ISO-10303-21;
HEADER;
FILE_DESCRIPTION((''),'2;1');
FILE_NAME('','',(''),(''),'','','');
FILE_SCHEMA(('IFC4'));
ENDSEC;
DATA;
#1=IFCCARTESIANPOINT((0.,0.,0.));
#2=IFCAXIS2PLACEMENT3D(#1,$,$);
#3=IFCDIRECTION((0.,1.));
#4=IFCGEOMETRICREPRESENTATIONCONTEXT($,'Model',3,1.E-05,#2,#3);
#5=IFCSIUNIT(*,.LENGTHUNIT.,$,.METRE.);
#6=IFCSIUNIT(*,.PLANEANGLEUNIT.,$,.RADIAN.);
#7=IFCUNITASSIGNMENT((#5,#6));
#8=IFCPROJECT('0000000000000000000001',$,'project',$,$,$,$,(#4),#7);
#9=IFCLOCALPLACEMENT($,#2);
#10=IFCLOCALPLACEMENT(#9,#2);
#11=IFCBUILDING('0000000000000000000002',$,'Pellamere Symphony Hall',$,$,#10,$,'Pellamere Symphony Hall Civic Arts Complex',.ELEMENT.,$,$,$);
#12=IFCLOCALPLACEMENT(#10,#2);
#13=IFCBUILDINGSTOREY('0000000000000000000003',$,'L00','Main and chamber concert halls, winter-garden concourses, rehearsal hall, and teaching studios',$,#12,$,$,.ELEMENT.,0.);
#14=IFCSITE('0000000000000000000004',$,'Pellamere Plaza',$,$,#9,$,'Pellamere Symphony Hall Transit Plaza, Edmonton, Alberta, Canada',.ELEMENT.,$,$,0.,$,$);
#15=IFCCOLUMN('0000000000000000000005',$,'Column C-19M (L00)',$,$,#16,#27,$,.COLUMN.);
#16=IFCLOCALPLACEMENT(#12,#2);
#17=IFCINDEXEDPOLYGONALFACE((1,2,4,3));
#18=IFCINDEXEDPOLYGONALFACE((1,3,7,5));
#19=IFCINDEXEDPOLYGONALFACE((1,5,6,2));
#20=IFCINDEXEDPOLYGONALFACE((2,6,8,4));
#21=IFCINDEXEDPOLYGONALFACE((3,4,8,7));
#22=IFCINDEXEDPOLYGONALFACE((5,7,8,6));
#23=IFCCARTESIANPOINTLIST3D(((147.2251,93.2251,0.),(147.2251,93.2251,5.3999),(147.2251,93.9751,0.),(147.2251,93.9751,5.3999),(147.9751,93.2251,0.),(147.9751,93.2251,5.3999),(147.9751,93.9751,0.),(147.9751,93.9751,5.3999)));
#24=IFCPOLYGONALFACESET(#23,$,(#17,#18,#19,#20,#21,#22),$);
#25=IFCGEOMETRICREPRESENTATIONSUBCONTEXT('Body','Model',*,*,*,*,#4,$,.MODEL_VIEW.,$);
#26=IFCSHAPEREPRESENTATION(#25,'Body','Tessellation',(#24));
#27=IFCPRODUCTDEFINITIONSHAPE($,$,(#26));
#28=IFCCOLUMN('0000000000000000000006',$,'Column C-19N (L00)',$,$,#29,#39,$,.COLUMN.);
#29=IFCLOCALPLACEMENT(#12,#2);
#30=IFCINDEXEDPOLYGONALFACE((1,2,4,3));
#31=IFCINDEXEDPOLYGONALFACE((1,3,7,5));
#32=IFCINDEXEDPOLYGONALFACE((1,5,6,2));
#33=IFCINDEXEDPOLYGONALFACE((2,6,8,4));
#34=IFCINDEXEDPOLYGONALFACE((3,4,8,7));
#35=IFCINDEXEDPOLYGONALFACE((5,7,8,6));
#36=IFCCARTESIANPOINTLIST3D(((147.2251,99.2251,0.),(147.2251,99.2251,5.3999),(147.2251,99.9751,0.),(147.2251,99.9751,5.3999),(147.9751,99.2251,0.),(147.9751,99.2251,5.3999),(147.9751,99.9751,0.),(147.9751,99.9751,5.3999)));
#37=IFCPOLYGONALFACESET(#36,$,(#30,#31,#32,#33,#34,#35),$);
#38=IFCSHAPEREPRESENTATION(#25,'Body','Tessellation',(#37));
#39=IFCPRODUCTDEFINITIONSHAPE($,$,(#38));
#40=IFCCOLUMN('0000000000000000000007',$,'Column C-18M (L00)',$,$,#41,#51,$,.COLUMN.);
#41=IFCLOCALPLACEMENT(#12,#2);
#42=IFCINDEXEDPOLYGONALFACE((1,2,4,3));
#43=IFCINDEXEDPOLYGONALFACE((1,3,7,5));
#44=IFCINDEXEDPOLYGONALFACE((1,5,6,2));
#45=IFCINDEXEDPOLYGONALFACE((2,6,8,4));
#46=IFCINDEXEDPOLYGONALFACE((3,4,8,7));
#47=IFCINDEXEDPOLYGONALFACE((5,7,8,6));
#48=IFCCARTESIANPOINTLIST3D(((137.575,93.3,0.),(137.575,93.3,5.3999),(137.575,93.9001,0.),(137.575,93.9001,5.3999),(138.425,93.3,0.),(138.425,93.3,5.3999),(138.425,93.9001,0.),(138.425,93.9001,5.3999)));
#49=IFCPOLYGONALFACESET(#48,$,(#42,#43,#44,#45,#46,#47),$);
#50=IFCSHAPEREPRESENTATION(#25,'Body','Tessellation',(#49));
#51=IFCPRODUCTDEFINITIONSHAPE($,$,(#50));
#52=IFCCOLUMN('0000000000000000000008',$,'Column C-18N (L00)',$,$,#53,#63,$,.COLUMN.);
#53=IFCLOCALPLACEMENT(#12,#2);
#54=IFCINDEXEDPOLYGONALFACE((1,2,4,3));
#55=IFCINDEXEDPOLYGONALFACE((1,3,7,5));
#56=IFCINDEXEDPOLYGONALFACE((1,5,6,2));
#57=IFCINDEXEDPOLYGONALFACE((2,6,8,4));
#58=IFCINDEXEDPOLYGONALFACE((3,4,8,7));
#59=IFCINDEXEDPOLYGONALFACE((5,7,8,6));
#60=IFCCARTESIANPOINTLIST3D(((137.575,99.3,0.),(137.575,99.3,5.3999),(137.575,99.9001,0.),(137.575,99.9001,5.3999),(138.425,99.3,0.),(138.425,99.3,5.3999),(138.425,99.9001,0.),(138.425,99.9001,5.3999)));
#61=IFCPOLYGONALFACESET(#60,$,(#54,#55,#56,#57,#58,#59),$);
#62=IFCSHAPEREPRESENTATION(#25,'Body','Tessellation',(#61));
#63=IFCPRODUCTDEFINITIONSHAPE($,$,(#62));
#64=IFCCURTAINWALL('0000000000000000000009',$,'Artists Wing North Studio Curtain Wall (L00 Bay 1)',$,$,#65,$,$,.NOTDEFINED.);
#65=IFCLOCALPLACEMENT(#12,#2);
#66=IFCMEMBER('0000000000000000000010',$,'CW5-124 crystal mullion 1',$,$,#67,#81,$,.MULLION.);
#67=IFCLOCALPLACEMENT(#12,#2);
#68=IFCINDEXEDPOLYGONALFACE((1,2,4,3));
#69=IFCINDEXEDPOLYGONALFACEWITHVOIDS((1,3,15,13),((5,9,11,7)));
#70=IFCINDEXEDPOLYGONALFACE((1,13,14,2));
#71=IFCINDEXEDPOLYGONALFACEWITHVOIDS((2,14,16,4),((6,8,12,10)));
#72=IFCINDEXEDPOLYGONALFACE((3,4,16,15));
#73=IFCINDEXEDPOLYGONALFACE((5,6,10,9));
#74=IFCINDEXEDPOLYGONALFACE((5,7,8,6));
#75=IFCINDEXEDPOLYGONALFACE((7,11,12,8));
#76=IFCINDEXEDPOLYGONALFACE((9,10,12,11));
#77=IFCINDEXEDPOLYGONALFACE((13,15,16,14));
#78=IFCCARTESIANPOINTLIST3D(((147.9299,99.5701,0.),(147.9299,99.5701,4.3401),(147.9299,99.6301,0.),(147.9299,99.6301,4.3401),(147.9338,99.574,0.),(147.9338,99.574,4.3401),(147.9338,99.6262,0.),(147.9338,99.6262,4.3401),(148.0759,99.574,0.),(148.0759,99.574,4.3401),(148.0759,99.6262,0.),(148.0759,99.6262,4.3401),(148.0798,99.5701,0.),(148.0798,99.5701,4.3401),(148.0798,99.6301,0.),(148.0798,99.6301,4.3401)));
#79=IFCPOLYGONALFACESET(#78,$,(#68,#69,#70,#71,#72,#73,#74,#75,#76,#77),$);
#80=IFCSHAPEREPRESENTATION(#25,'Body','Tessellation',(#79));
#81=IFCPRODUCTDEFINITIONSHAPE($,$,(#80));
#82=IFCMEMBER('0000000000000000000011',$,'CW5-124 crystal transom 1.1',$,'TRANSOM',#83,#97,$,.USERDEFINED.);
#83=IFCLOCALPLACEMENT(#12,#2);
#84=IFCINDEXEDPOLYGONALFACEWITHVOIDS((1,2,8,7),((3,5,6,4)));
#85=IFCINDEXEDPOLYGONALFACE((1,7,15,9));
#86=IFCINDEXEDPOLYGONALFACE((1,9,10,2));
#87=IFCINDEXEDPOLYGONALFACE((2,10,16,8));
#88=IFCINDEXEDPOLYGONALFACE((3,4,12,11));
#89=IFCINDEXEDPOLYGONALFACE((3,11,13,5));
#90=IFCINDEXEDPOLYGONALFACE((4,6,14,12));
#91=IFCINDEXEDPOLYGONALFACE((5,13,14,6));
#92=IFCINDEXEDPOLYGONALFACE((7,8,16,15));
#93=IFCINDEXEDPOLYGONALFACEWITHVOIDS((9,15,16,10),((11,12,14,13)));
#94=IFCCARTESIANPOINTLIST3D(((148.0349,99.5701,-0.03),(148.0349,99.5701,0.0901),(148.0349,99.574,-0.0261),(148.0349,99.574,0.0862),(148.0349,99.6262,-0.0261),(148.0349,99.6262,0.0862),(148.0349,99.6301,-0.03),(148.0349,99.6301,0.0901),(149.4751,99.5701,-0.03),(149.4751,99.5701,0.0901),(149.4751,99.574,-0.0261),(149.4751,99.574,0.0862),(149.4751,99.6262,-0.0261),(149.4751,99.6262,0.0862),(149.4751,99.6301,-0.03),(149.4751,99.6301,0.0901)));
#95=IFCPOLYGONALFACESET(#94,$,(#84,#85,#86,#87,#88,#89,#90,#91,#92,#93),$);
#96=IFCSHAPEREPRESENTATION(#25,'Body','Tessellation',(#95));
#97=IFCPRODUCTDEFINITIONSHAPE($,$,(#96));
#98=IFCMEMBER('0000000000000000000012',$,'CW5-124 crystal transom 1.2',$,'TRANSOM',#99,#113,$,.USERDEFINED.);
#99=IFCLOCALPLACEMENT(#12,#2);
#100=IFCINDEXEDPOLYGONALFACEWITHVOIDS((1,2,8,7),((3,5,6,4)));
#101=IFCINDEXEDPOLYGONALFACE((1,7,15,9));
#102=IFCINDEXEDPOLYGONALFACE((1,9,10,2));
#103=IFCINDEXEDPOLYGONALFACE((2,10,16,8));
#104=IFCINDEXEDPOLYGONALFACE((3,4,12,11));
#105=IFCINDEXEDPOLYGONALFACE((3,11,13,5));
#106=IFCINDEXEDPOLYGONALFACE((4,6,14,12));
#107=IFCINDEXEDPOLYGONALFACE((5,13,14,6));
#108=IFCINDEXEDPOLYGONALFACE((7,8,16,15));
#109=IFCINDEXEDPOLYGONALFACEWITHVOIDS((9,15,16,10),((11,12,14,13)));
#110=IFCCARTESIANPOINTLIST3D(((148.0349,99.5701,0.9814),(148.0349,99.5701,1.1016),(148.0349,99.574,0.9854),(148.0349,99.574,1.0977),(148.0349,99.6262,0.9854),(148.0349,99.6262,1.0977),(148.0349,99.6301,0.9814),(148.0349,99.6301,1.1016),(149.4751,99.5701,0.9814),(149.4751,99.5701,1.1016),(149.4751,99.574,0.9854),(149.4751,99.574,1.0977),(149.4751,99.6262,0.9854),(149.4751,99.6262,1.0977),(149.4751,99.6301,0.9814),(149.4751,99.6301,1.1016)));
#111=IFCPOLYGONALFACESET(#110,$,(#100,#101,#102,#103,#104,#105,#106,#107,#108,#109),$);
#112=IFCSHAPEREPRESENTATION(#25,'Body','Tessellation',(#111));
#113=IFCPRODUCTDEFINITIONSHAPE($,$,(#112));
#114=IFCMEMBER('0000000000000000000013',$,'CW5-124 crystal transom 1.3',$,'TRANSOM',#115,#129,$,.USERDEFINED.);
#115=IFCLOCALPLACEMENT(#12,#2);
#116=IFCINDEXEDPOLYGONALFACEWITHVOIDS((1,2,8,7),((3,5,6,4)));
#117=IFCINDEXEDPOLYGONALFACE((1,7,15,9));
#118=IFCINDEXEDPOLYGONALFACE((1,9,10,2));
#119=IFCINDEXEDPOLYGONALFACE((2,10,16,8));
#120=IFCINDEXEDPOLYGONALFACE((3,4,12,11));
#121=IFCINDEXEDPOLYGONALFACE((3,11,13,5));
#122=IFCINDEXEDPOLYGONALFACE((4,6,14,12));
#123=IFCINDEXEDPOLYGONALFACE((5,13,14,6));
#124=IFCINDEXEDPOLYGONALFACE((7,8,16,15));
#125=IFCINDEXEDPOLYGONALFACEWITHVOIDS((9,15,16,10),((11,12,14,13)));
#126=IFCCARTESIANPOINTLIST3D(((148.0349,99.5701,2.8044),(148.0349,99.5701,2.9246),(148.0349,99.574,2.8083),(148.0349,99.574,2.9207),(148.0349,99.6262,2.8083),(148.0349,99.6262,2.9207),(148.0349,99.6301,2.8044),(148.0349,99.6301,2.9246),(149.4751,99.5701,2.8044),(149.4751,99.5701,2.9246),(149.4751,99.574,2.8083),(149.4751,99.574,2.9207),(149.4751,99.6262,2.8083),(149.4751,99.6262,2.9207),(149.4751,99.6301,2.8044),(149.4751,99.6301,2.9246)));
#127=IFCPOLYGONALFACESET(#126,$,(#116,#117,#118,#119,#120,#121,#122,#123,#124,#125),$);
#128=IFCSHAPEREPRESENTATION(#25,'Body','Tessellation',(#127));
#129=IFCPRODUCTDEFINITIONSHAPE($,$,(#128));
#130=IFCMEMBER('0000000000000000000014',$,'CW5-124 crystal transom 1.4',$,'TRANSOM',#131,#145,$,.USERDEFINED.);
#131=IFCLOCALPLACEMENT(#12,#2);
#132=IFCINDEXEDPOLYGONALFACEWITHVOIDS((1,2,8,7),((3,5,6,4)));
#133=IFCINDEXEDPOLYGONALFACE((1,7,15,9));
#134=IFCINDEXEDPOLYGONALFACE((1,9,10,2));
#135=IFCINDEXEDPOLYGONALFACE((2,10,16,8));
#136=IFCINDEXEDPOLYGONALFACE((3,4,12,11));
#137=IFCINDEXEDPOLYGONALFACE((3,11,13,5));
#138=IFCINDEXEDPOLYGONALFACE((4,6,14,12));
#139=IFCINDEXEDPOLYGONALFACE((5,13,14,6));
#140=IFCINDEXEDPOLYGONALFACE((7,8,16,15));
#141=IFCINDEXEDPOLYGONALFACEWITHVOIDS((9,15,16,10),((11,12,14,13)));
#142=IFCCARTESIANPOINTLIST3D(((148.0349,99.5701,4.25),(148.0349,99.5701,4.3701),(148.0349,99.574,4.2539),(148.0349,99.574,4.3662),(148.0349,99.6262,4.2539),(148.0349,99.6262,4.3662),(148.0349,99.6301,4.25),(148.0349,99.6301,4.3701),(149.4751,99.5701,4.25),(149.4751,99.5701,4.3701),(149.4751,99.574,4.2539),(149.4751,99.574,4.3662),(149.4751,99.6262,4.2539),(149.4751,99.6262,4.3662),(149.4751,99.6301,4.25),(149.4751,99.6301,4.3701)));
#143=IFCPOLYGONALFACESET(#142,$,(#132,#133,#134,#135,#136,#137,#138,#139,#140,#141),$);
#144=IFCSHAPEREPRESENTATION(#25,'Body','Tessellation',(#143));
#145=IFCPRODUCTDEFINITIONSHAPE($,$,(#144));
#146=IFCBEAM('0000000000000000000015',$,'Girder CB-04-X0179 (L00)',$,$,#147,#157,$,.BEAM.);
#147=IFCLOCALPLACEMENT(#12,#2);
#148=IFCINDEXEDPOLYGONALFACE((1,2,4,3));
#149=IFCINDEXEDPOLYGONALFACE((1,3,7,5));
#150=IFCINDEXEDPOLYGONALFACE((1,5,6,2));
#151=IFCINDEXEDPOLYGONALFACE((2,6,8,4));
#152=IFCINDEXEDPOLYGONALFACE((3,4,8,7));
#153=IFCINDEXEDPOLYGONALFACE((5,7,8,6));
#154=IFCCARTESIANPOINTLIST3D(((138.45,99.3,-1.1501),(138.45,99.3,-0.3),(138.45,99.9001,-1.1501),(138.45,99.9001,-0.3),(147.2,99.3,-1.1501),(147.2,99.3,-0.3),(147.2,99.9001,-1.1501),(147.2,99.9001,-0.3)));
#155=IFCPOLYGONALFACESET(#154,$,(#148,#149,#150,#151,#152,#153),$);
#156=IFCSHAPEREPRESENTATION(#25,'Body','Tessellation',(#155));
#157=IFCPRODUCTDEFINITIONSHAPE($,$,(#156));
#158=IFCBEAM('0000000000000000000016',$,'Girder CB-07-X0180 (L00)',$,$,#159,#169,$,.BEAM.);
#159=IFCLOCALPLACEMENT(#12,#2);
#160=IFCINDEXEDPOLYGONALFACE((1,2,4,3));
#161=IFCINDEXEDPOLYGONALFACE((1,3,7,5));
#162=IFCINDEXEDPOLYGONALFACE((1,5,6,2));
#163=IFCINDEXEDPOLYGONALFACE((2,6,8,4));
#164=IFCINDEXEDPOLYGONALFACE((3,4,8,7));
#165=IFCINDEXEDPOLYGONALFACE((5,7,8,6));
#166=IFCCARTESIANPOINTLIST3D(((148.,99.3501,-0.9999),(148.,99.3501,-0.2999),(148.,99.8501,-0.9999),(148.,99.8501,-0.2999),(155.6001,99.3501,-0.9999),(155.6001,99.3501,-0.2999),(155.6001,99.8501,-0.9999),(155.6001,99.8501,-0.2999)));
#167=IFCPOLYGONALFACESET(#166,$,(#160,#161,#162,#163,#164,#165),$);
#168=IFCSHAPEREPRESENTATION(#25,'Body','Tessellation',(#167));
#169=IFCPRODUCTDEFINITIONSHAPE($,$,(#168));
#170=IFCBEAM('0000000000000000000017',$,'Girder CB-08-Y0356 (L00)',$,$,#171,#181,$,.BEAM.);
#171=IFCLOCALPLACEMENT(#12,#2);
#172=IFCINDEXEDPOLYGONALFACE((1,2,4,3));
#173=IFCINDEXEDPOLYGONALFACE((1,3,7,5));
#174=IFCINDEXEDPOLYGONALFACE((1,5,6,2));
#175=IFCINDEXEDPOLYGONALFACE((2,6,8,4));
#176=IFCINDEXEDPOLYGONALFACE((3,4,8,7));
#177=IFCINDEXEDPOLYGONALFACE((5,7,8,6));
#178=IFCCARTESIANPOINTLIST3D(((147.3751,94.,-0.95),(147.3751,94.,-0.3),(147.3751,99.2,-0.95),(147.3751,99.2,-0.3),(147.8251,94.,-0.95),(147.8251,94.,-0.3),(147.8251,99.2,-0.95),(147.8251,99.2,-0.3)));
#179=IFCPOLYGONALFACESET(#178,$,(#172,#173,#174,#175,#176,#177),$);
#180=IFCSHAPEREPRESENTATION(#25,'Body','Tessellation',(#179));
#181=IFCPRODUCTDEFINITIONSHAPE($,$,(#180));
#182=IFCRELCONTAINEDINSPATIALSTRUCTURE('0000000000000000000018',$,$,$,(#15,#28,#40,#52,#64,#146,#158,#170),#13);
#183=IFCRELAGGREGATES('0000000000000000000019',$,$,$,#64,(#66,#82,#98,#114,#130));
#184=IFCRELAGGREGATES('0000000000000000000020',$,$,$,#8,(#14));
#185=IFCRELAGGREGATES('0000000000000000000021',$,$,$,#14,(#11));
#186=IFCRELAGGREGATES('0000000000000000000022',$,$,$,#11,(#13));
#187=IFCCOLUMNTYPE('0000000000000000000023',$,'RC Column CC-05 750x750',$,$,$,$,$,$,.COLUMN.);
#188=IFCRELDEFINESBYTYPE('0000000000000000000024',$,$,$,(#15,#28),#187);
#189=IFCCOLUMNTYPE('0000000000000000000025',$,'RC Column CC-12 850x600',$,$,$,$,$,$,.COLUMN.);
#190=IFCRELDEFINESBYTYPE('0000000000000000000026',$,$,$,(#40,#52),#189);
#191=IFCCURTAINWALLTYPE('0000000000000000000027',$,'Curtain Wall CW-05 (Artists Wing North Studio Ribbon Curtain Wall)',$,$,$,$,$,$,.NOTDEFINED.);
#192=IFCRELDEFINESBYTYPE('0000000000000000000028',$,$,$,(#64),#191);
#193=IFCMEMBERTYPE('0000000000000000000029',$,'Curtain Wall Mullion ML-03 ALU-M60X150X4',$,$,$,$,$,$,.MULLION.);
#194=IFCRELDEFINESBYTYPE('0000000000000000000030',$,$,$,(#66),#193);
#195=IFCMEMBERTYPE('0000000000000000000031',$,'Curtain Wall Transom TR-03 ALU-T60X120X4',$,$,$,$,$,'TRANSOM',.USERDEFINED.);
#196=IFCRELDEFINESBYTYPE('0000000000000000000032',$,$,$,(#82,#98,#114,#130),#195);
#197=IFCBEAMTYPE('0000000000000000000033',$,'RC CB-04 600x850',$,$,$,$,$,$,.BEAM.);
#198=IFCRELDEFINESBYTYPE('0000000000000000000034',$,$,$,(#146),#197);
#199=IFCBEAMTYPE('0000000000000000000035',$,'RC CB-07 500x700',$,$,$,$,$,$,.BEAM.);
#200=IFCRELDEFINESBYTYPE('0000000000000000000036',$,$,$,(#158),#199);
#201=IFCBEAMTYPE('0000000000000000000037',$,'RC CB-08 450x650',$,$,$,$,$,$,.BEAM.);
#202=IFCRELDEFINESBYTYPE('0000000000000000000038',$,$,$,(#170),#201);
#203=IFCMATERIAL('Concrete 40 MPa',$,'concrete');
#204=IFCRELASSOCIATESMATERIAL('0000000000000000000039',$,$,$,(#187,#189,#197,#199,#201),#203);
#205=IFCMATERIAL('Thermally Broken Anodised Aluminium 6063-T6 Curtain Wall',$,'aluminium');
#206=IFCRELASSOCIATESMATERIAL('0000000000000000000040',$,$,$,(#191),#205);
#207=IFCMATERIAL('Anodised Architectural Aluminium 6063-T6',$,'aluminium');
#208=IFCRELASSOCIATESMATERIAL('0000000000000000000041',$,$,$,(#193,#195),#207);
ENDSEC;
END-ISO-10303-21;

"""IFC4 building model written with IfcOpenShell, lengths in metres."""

from ifc_helpers import new_model, si_unit, direction, frame, origin, origin_2d, place, context, subcontext, project, spatial, rectangle, hollow_rectangle, extrude, material, material_profile, profile_set, type_object, element, aggregate, save


model = new_model("IFC4")

# Units and contexts
model_context = context("Model", 3, precision=1e-05, world=origin(), true_north=direction((0.0, 1.0)))
body_context = subcontext(model_context, "Body", "Model", "MODEL_VIEW")
ifc_project = project(units=[si_unit("LENGTHUNIT", "METRE"), si_unit("PLANEANGLEUNIT", "RADIAN")], contexts=[model_context])

# Site, building, storey
site_placement = place(None, origin())
site = spatial("IfcSite", under=ifc_project, at=site_placement, Name="Pellamere Plaza", LongName="Pellamere Symphony Hall Transit Plaza, Edmonton, Alberta, Canada", CompositionType="ELEMENT", RefElevation=0.0)
building_placement = place(site_placement, origin())
building = spatial("IfcBuilding", under=site, at=building_placement, Name="Pellamere Symphony Hall", LongName="Pellamere Symphony Hall Civic Arts Complex", CompositionType="ELEMENT")
storey_placement = place(building_placement, origin())
storey = spatial("IfcBuildingStorey", under=building, at=storey_placement, Name="L00", Description="Main and chamber concert halls, winter-garden concourses, rehearsal hall, and teaching studios", CompositionType="ELEMENT", Elevation=0.0)

# Columns
ifc_material_1 = material(Name="Concrete 40 MPa", Category="concrete")
ifc_material_profile_1 = material_profile(ifc_material_1, rectangle(XDim=0.75, YDim=0.75, at=origin_2d()), Name="RC 750x750")
ifc_profile_set_1 = profile_set([ifc_material_profile_1], Name="Concrete 40 MPa")
column_type_1 = type_object("IfcColumnType", Name="RC Column CC-05 750x750", PredefinedType="COLUMN", material=ifc_profile_set_1)
for number, where, z_axis, x_axis, name in (
    (1, (147.6001, 93.6001, 0.0), (0.0, 0.0, 1.0), (1.0, 0.0, 0.0), "Column C-19M (L00)"),
    (2, (147.6001, 99.6001, 0.0), (0.0, 0.0, 1.0), (1.0, 0.0, 0.0), "Column C-19N (L00)"),
):
    element("IfcColumn", number, at=place(storey_placement, frame(where, z_axis=z_axis, x_axis=x_axis)), inside=storey, type_object=column_type_1, Name=name, PredefinedType="COLUMN", context=body_context, shape_type="SweptSolid", body=[
        extrude(rectangle(XDim=0.75, YDim=0.75, at=origin_2d()), origin(), (0.0, 0.0, 1.0), 5.3999),
    ])
ifc_material_profile_2 = material_profile(ifc_material_1, rectangle(XDim=0.8501, YDim=0.6001, at=origin_2d()), Name="RC 850x600")
ifc_profile_set_2 = profile_set([ifc_material_profile_2], Name="Concrete 40 MPa")
column_type_2 = type_object("IfcColumnType", Name="RC Column CC-12 850x600", PredefinedType="COLUMN", material=ifc_profile_set_2)
for number, where, z_axis, x_axis, name in (
    (3, (138.0, 93.6001, 0.0), (0.0, 0.0, 1.0), (1.0, 0.0, 0.0), "Column C-18M (L00)"),
    (4, (138.0, 99.6001, 0.0), (0.0, 0.0, 1.0), (1.0, 0.0, 0.0), "Column C-18N (L00)"),
):
    element("IfcColumn", number, at=place(storey_placement, frame(where, z_axis=z_axis, x_axis=x_axis)), inside=storey, type_object=column_type_2, Name=name, PredefinedType="COLUMN", context=body_context, shape_type="SweptSolid", body=[
        extrude(rectangle(XDim=0.8501, YDim=0.6001, at=origin_2d()), origin(), (0.0, 0.0, 1.0), 5.3999),
    ])

# Curtain wall, members
ifc_material_2 = material(Name="Thermally Broken Anodised Aluminium 6063-T6 Curtain Wall", Category="aluminium")
curtain_wall_type = type_object("IfcCurtainWallType", Name="Curtain Wall CW-05 (Artists Wing North Studio Ribbon Curtain Wall)", PredefinedType="NOTDEFINED", material=ifc_material_2)
curtain_wall_placement = place(storey_placement, origin())
curtain_wall = element("IfcCurtainWall", 5, at=curtain_wall_placement, inside=storey, type_object=curtain_wall_type, Name="Artists Wing North Studio Curtain Wall (L00 Bay 1)", PredefinedType="NOTDEFINED")
ifc_material_3 = material(Name="Anodised Architectural Aluminium 6063-T6", Category="aluminium")
ifc_material_profile_3 = material_profile(ifc_material_3, hollow_rectangle(XDim=0.0601, YDim=0.1499, WallThickness=0.0039, at=origin_2d()), Name="ALU-M60X150X4")
ifc_profile_set_3 = profile_set([ifc_material_profile_3], Name="Anodised Architectural Aluminium 6063-T6")
member_type_1 = type_object("IfcMemberType", Name="Curtain Wall Mullion ML-03 ALU-M60X150X4", PredefinedType="MULLION", material=ifc_profile_set_3)
member_1_placement = place(storey_placement, frame((148.0049, 99.6001, 0.0), z_axis=(0.0, 0.0, 1.0), x_axis=(0.0, 1.0, 0.0)))
member_1 = element("IfcMember", 6, at=member_1_placement, type_object=member_type_1, Name="CW5-124 crystal mullion 1", PredefinedType="MULLION", context=body_context, shape_type="SweptSolid", body=[
    extrude(hollow_rectangle(XDim=0.0601, YDim=0.1499, WallThickness=0.0039, at=origin_2d()), origin(), (0.0, 0.0, 1.0), 4.3401),
])
ifc_material_profile_4 = material_profile(ifc_material_3, hollow_rectangle(XDim=0.0601, YDim=0.1201, WallThickness=0.0039, at=origin_2d()), Name="ALU-T60X120X4")
ifc_profile_set_4 = profile_set([ifc_material_profile_4], Name="Anodised Architectural Aluminium 6063-T6")
member_type_2 = type_object("IfcMemberType", Name="Curtain Wall Transom TR-03 ALU-T60X120X4", ElementType="TRANSOM", PredefinedType="USERDEFINED", material=ifc_profile_set_4)
member_2_placement = place(storey_placement, frame((148.0349, 99.6001, 0.03), z_axis=(1.0, 0.0, 0.0), x_axis=(0.0, 1.0, 0.0)))
member_2 = element("IfcMember", 7, at=member_2_placement, type_object=member_type_2, Name="CW5-124 crystal transom 1.1", ObjectType="TRANSOM", PredefinedType="USERDEFINED", context=body_context, shape_type="SweptSolid", body=[
    extrude(hollow_rectangle(XDim=0.0601, YDim=0.1201, WallThickness=0.0039, at=origin_2d()), origin(), (0.0, 0.0, 1.0), 1.4402),
])
member_3_placement = place(storey_placement, frame((148.0349, 99.6001, 1.0415), z_axis=(1.0, 0.0, 0.0), x_axis=(0.0, 1.0, 0.0)))
member_3 = element("IfcMember", 8, at=member_3_placement, type_object=member_type_2, Name="CW5-124 crystal transom 1.2", ObjectType="TRANSOM", PredefinedType="USERDEFINED", context=body_context, shape_type="SweptSolid", body=[
    extrude(hollow_rectangle(XDim=0.0601, YDim=0.1201, WallThickness=0.0039, at=origin_2d()), origin(), (0.0, 0.0, 1.0), 1.4402),
])
member_4_placement = place(storey_placement, frame((148.0349, 99.6001, 2.8645), z_axis=(1.0, 0.0, 0.0), x_axis=(0.0, 1.0, 0.0)))
member_4 = element("IfcMember", 9, at=member_4_placement, type_object=member_type_2, Name="CW5-124 crystal transom 1.3", ObjectType="TRANSOM", PredefinedType="USERDEFINED", context=body_context, shape_type="SweptSolid", body=[
    extrude(hollow_rectangle(XDim=0.0601, YDim=0.1201, WallThickness=0.0039, at=origin_2d()), origin(), (0.0, 0.0, 1.0), 1.4402),
])
member_5_placement = place(storey_placement, frame((148.0349, 99.6001, 4.3101), z_axis=(1.0, 0.0, 0.0), x_axis=(0.0, 1.0, 0.0)))
member_5 = element("IfcMember", 10, at=member_5_placement, type_object=member_type_2, Name="CW5-124 crystal transom 1.4", ObjectType="TRANSOM", PredefinedType="USERDEFINED", context=body_context, shape_type="SweptSolid", body=[
    extrude(hollow_rectangle(XDim=0.0601, YDim=0.1201, WallThickness=0.0039, at=origin_2d()), origin(), (0.0, 0.0, 1.0), 1.4402),
])
aggregate(curtain_wall, [member_1, member_2, member_3, member_4, member_5])

# Beams
ifc_material_profile_5 = material_profile(ifc_material_1, rectangle(XDim=0.6001, YDim=0.8501, at=origin_2d()), Name="RC 600x850")
ifc_profile_set_5 = profile_set([ifc_material_profile_5], Name="Concrete 40 MPa")
beam_type_1 = type_object("IfcBeamType", Name="RC CB-04 600x850", PredefinedType="BEAM", material=ifc_profile_set_5)
beam_1_placement = place(storey_placement, frame((138.45, 99.6001, -0.7251), z_axis=(1.0, 0.0, 0.0), x_axis=(0.0, 1.0, 0.0)))
element("IfcBeam", 11, at=beam_1_placement, inside=storey, type_object=beam_type_1, Name="Girder CB-04-X0179 (L00)", PredefinedType="BEAM", context=body_context, shape_type="SweptSolid", body=[
    extrude(rectangle(XDim=0.6001, YDim=0.8501, at=origin_2d()), origin(), (0.0, 0.0, 1.0), 8.75),
])
ifc_material_profile_6 = material_profile(ifc_material_1, rectangle(XDim=0.5, YDim=0.7, at=origin_2d()), Name="RC 500x700")
ifc_profile_set_6 = profile_set([ifc_material_profile_6], Name="Concrete 40 MPa")
beam_type_2 = type_object("IfcBeamType", Name="RC CB-07 500x700", PredefinedType="BEAM", material=ifc_profile_set_6)
beam_2_placement = place(storey_placement, frame((148.0, 99.6001, -0.6499), z_axis=(1.0, 0.0, 0.0), x_axis=(0.0, 1.0, 0.0)))
element("IfcBeam", 12, at=beam_2_placement, inside=storey, type_object=beam_type_2, Name="Girder CB-07-X0180 (L00)", PredefinedType="BEAM", context=body_context, shape_type="SweptSolid", body=[
    extrude(rectangle(XDim=0.5, YDim=0.7, at=origin_2d()), origin(), (0.0, 0.0, 1.0), 7.6001),
])
ifc_material_profile_7 = material_profile(ifc_material_1, rectangle(XDim=0.45, YDim=0.6499, at=origin_2d()), Name="RC 450x650")
ifc_profile_set_7 = profile_set([ifc_material_profile_7], Name="Concrete 40 MPa")
beam_type_3 = type_object("IfcBeamType", Name="RC CB-08 450x650", PredefinedType="BEAM", material=ifc_profile_set_7)
beam_3_placement = place(storey_placement, frame((147.6001, 94.0, -0.625), z_axis=(0.0, 1.0, 0.0), x_axis=(-1.0, 0.0, 0.0)))
element("IfcBeam", 13, at=beam_3_placement, inside=storey, type_object=beam_type_3, Name="Girder CB-08-Y0356 (L00)", PredefinedType="BEAM", context=body_context, shape_type="SweptSolid", body=[
    extrude(rectangle(XDim=0.45, YDim=0.6499, at=origin_2d()), origin(), (0.0, 0.0, 1.0), 5.2),
])

save(model, "model.ifc")
